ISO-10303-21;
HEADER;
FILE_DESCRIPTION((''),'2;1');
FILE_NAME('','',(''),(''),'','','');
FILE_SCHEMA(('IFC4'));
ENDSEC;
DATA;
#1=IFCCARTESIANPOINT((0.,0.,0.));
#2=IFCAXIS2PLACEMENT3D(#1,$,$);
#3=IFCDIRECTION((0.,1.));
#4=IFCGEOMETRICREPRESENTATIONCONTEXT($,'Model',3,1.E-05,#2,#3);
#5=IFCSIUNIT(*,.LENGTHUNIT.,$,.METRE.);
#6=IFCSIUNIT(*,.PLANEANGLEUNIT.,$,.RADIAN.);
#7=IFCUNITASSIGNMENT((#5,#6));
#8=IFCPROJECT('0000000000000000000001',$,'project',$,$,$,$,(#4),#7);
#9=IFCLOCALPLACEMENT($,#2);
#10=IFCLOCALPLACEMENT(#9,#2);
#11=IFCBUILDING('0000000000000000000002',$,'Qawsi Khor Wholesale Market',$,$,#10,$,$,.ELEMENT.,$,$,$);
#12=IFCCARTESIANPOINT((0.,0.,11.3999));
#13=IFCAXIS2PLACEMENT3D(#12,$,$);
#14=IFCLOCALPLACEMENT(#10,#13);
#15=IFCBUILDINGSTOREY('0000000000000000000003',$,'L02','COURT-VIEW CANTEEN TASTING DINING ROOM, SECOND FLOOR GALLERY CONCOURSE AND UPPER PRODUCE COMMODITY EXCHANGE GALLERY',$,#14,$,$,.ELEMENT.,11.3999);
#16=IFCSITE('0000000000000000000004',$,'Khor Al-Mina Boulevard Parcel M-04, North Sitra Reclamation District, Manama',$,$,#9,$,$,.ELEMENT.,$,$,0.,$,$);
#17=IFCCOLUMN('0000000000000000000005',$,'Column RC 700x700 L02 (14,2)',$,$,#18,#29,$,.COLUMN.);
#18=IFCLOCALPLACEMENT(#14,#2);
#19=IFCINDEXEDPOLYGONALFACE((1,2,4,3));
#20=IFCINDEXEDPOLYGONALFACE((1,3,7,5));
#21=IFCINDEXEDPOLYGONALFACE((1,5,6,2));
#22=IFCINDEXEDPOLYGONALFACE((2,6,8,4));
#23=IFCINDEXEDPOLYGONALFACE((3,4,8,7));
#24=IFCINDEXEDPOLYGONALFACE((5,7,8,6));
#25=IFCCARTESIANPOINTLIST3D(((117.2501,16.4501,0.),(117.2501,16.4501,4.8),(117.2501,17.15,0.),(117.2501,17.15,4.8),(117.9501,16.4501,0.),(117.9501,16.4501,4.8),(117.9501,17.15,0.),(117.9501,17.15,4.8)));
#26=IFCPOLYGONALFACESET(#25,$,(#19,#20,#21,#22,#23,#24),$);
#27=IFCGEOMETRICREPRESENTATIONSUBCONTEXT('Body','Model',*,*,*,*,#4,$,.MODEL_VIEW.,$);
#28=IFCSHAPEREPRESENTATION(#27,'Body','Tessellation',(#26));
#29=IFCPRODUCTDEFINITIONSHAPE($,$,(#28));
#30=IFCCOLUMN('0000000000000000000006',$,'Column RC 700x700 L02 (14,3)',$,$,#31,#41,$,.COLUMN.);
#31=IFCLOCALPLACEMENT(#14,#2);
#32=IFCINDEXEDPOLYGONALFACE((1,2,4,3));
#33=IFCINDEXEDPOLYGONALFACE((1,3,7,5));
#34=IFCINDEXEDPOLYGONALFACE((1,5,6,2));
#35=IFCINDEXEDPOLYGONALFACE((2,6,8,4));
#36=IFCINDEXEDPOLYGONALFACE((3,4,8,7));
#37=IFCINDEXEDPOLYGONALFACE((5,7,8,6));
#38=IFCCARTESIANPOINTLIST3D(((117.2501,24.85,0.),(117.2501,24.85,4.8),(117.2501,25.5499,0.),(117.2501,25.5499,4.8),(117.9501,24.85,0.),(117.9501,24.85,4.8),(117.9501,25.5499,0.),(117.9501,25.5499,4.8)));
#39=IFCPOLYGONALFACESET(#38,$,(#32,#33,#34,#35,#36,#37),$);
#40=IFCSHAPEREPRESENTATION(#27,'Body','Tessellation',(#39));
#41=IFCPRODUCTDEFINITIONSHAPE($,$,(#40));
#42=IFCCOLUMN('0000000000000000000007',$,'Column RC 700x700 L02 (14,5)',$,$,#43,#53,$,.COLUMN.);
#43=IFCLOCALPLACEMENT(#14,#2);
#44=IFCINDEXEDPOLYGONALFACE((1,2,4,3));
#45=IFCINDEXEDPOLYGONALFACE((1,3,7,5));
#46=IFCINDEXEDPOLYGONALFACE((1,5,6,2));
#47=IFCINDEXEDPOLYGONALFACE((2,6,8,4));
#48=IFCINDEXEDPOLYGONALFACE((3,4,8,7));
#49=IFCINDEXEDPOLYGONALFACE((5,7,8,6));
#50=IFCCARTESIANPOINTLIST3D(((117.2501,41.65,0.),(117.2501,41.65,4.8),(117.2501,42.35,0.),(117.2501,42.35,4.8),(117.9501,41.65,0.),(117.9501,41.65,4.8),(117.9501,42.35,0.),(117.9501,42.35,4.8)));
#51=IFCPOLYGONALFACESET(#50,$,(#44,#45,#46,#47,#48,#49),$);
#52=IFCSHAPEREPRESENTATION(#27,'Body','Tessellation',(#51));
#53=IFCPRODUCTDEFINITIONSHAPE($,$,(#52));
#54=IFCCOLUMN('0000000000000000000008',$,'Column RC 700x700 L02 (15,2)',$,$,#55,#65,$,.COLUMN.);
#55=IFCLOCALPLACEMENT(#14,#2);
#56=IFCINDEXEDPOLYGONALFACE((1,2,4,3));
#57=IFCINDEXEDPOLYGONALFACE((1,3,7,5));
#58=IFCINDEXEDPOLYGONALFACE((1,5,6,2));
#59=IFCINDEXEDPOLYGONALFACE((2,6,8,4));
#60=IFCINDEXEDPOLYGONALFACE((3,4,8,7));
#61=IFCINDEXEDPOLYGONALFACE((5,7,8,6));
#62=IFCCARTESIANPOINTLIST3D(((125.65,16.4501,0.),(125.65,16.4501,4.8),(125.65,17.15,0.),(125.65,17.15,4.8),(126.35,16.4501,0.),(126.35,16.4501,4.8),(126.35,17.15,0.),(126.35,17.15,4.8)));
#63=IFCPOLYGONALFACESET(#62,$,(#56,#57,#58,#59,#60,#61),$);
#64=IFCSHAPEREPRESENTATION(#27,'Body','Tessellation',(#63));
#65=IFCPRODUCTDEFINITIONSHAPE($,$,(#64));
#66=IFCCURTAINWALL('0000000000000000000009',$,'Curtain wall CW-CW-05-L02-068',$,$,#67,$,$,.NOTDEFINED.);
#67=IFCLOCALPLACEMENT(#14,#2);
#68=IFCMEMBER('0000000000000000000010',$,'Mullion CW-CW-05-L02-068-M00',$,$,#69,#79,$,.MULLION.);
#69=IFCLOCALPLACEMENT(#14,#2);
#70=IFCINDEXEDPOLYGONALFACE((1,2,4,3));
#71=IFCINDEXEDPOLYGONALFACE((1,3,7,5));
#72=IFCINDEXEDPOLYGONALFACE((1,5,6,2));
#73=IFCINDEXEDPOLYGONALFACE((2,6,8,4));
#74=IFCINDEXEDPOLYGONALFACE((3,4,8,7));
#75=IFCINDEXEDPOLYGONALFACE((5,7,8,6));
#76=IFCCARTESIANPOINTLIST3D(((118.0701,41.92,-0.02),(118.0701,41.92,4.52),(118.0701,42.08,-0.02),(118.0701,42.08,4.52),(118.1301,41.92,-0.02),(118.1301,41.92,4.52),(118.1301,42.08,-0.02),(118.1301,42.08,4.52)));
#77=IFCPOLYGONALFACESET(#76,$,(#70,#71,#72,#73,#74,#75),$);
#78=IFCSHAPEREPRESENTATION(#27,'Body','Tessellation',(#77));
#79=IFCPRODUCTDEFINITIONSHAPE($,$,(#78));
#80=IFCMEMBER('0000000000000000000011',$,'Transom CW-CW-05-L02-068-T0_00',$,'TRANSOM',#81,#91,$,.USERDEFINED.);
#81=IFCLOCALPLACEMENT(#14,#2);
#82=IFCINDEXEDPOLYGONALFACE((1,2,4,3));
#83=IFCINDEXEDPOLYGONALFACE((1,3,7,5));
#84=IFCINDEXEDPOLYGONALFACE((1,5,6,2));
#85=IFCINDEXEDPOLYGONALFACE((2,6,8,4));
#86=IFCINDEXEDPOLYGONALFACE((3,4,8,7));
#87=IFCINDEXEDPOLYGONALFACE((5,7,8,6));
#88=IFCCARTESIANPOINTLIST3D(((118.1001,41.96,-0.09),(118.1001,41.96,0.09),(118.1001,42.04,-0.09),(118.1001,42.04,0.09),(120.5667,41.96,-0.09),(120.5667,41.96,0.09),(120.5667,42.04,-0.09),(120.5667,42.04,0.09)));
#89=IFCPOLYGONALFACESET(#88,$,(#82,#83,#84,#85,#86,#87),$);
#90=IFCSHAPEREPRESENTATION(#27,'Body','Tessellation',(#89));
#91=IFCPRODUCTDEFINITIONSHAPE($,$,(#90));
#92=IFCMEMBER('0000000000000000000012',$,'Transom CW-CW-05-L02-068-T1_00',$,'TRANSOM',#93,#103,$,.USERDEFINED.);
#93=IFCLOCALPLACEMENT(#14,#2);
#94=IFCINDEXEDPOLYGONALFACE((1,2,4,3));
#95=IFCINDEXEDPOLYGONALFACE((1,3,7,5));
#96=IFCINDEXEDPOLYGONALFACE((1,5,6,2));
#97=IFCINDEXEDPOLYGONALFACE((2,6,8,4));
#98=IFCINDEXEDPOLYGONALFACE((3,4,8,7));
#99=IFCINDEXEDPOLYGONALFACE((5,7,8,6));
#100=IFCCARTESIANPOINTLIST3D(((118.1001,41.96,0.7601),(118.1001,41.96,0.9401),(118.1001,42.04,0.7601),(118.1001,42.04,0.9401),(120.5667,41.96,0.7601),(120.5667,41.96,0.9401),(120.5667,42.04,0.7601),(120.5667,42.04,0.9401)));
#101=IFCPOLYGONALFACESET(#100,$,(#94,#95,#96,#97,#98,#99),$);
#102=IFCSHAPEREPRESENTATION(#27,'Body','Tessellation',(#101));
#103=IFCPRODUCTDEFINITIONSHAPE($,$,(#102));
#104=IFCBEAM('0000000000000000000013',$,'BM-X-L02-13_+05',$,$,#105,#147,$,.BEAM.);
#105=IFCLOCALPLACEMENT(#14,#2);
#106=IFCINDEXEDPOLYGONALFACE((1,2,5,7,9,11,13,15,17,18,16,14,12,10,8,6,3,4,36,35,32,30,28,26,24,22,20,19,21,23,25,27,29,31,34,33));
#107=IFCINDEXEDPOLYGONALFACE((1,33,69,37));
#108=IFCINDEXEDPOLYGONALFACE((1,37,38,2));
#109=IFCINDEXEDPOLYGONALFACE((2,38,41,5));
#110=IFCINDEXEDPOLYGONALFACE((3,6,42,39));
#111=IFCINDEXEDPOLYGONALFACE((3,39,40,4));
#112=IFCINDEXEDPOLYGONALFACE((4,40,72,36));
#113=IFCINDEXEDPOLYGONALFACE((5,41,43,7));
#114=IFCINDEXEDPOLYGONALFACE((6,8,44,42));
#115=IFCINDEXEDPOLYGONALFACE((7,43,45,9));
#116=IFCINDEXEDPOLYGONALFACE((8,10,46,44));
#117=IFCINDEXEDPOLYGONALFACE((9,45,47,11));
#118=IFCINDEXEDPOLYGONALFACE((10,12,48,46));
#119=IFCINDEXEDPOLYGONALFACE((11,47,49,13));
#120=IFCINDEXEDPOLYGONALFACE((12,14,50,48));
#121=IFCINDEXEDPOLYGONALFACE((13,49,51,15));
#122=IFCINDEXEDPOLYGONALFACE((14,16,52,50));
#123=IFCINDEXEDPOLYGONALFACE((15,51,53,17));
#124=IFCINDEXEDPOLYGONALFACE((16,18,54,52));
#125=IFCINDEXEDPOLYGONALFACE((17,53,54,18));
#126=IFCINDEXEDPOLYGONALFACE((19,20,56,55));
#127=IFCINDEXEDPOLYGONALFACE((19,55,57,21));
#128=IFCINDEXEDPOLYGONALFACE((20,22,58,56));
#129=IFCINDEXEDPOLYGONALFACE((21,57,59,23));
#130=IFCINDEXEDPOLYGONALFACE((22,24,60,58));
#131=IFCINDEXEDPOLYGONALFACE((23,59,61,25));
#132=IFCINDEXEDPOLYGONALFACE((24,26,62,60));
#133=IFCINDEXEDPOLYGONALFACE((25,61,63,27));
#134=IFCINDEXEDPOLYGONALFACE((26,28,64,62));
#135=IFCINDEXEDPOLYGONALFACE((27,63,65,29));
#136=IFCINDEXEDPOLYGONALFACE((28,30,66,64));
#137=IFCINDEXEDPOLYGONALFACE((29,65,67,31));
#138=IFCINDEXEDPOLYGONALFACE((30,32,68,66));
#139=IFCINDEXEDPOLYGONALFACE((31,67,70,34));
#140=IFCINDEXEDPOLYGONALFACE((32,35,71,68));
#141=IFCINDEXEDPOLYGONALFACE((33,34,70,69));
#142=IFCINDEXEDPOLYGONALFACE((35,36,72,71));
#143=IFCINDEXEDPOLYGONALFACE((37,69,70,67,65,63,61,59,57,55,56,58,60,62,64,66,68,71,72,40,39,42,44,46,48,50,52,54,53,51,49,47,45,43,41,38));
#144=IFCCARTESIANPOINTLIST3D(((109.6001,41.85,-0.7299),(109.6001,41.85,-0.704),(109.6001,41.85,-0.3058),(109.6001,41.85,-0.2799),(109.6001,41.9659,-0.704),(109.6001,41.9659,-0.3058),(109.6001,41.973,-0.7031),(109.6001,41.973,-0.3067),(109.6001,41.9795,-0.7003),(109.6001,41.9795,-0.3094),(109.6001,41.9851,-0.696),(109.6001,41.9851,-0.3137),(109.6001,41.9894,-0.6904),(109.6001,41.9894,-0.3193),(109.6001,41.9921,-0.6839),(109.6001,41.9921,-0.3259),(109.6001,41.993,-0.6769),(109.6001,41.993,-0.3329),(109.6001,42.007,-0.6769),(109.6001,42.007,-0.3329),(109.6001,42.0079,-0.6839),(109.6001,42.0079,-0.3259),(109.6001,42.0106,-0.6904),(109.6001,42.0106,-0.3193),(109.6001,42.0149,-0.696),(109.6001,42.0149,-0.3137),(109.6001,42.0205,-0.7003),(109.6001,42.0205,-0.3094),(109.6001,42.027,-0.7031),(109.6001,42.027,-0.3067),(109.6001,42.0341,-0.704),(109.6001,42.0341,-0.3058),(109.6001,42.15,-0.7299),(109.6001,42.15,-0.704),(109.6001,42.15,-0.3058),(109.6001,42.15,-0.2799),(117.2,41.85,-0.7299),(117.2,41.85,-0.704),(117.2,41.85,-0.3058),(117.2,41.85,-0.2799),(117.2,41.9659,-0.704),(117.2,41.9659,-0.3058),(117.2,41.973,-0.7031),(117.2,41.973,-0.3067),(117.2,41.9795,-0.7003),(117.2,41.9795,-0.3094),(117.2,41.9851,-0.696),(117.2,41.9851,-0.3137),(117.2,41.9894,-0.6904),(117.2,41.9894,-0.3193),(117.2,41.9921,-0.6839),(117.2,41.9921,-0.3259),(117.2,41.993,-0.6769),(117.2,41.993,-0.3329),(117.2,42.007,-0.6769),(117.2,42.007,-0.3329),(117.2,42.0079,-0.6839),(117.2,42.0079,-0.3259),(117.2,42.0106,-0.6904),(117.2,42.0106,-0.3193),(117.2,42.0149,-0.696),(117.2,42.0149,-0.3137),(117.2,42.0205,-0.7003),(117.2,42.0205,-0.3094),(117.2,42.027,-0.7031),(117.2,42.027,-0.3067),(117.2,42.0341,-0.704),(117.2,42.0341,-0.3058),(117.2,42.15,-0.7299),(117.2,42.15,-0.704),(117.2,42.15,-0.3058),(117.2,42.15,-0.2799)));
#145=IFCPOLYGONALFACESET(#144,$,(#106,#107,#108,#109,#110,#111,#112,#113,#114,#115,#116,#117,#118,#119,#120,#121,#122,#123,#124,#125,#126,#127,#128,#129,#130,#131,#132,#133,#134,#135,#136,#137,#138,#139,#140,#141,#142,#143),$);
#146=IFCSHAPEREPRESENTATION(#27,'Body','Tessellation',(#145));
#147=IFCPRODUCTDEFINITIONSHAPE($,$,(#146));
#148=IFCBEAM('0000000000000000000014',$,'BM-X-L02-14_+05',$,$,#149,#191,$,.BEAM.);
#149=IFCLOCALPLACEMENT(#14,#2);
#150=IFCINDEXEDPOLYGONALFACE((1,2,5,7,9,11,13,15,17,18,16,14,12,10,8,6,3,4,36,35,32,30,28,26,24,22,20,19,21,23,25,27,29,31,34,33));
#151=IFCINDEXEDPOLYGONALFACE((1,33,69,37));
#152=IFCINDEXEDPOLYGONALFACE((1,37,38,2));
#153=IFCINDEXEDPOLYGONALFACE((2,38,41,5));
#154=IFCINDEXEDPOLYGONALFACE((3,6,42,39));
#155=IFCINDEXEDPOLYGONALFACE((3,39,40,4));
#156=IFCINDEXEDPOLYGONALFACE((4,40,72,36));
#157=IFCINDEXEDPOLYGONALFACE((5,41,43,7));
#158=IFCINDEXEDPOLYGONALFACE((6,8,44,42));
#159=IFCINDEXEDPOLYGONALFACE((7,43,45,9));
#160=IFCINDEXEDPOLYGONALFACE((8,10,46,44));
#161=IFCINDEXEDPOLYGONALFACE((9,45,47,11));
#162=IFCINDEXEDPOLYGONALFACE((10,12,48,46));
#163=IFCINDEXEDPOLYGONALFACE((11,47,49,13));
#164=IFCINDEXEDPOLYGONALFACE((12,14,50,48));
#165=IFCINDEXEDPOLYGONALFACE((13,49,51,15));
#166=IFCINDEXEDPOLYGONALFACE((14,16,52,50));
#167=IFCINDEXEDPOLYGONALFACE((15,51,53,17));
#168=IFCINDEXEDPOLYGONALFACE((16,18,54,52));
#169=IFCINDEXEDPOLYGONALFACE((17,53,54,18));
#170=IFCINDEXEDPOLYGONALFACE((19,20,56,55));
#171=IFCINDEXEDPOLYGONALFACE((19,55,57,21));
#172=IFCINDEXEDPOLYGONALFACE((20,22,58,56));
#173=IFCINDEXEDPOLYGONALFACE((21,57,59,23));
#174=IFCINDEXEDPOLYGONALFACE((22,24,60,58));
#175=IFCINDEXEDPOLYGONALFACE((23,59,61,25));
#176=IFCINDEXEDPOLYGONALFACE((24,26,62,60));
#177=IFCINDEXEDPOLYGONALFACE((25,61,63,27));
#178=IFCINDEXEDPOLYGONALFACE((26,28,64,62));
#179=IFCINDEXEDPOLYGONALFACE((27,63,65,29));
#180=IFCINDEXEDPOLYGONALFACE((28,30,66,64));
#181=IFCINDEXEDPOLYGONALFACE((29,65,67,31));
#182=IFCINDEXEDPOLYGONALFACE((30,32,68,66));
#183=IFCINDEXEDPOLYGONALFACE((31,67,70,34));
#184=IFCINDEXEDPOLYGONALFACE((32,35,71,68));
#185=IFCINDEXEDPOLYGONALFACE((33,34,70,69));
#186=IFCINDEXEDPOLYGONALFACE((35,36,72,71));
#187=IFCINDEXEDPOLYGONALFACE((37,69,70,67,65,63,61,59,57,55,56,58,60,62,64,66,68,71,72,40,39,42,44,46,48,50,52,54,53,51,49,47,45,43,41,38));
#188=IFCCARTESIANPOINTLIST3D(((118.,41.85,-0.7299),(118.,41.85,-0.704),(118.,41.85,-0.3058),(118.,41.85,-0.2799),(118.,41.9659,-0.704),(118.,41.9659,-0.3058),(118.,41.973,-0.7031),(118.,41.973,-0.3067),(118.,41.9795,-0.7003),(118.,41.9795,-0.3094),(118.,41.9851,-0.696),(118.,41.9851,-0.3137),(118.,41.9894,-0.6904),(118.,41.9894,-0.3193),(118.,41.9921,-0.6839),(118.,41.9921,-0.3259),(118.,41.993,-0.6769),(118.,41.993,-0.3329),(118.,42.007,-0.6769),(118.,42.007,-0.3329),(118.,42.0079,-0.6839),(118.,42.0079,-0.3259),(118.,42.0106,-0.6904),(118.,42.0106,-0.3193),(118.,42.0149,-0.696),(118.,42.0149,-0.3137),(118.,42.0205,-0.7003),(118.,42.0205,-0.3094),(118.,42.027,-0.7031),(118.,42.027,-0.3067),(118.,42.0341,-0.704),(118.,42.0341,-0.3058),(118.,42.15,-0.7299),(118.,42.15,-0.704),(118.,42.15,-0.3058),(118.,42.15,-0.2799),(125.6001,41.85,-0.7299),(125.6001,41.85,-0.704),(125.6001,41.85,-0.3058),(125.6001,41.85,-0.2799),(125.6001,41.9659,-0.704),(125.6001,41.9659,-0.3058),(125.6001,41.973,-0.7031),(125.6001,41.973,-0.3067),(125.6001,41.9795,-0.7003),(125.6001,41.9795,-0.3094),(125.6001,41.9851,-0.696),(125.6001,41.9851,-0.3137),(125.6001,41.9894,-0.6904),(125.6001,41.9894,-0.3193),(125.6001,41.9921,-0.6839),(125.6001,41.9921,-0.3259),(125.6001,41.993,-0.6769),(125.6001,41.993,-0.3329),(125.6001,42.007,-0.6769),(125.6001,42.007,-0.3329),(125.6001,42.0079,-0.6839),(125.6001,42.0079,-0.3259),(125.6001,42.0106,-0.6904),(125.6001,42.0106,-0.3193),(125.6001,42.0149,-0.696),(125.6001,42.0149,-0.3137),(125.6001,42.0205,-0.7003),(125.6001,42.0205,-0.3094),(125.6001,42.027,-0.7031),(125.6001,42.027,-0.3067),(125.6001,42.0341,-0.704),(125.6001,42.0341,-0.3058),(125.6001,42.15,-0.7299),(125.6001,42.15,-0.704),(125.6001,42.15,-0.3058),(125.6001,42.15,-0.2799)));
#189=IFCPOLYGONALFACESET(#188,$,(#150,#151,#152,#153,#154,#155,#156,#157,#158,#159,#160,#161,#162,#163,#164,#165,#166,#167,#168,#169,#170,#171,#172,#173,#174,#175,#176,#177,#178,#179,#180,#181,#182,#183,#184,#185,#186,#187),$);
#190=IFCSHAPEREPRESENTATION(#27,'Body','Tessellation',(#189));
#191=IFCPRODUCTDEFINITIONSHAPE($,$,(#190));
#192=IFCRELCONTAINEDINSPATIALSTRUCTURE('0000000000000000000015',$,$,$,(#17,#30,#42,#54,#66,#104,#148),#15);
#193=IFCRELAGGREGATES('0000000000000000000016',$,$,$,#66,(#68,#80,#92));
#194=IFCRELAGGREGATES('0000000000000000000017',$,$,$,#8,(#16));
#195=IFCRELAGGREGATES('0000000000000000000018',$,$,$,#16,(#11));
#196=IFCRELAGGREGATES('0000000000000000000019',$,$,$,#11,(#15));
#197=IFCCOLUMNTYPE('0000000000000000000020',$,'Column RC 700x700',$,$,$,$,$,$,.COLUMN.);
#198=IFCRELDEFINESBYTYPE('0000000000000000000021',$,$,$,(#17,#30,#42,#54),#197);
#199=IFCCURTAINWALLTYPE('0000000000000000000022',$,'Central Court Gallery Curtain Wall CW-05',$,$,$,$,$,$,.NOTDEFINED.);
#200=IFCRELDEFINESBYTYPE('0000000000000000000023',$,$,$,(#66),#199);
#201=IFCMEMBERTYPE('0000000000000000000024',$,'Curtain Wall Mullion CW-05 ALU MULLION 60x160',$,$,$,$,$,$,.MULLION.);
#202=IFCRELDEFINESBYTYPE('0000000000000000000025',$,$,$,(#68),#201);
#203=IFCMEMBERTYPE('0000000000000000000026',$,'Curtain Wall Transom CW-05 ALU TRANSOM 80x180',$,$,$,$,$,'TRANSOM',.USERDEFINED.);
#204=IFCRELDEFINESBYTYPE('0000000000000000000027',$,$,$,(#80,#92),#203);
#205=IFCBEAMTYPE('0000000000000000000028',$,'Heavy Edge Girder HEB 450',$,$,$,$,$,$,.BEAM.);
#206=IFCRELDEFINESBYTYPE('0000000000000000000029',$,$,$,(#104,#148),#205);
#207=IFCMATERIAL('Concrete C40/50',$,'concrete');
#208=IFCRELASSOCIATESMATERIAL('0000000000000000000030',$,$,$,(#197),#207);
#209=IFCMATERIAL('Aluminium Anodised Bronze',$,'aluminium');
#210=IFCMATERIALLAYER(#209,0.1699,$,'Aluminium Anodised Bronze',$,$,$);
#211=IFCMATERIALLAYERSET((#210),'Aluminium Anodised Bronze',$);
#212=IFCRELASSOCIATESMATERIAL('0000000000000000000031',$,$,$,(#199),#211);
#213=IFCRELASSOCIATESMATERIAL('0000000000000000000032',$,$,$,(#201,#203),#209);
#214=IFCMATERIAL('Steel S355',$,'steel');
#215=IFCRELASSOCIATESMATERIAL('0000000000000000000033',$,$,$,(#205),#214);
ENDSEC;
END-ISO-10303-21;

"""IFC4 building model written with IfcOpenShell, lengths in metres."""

from ifc_helpers import new_model, si_unit, direction, frame, origin, origin_2d, place, context, subcontext, project, spatial, rectangle, i_section, extrude, material, layer, layer_set, material_profile, profile_set, type_object, element, aggregate, save


model = new_model("IFC4")

# Units and contexts
model_context = context("Model", 3, precision=1e-05, world=origin(), true_north=direction((0.0, 1.0)))
body_context = subcontext(model_context, "Body", "Model", "MODEL_VIEW")
ifc_project = project(units=[si_unit("LENGTHUNIT", "METRE"), si_unit("PLANEANGLEUNIT", "RADIAN")], contexts=[model_context])

# Site, building, storey
site_placement = place(None, origin())
site = spatial("IfcSite", under=ifc_project, at=site_placement, Name="Khor Al-Mina Boulevard Parcel M-04, North Sitra Reclamation District, Manama", CompositionType="ELEMENT", RefElevation=0.0)
building_placement = place(site_placement, origin())
building = spatial("IfcBuilding", under=site, at=building_placement, Name="Qawsi Khor Wholesale Market", CompositionType="ELEMENT")
storey_placement = place(building_placement, frame((0.0, 0.0, 11.3999)))
storey = spatial("IfcBuildingStorey", under=building, at=storey_placement, Name="L02", Description="COURT-VIEW CANTEEN TASTING DINING ROOM, SECOND FLOOR GALLERY CONCOURSE AND UPPER PRODUCE COMMODITY EXCHANGE GALLERY", CompositionType="ELEMENT", Elevation=11.3999)

# Columns
ifc_material_1 = material(Name="Concrete C40/50", Category="concrete")
ifc_material_profile_1 = material_profile(ifc_material_1, rectangle(XDim=0.7, YDim=0.7, at=origin_2d()), Name="RC 700x700")
ifc_profile_set_1 = profile_set([ifc_material_profile_1], Name="Concrete C40/50")
column_type = type_object("IfcColumnType", Name="Column RC 700x700", PredefinedType="COLUMN", material=ifc_profile_set_1)
for number, where, z_axis, x_axis, name in (
    (1, (117.6001, 16.8, 0.0), (0.0, 0.0, 1.0), (1.0, 0.0, 0.0), "Column RC 700x700 L02 (14,2)"),
    (2, (117.6001, 25.2, 0.0), (0.0, 0.0, 1.0), (1.0, 0.0, 0.0), "Column RC 700x700 L02 (14,3)"),
    (3, (117.6001, 42.0, 0.0), (0.0, 0.0, 1.0), (1.0, 0.0, 0.0), "Column RC 700x700 L02 (14,5)"),
    (4, (126.0, 16.8, 0.0), (0.0, 0.0, 1.0), (1.0, 0.0, 0.0), "Column RC 700x700 L02 (15,2)"),
):
    element("IfcColumn", number, at=place(storey_placement, frame(where, z_axis=z_axis, x_axis=x_axis)), inside=storey, type_object=column_type, Name=name, PredefinedType="COLUMN", context=body_context, shape_type="SweptSolid", body=[
        extrude(rectangle(XDim=0.7, YDim=0.7, at=origin_2d()), origin(), (0.0, 0.0, 1.0), 4.8),
    ])

# Curtain wall, members
ifc_material_2 = material(Name="Aluminium Anodised Bronze", Category="aluminium")
ifc_layer_1 = layer(ifc_material_2, 0.1699, Name="Aluminium Anodised Bronze")
ifc_layer_set_1 = layer_set([ifc_layer_1], Name="Aluminium Anodised Bronze")
curtain_wall_type = type_object("IfcCurtainWallType", Name="Central Court Gallery Curtain Wall CW-05", PredefinedType="NOTDEFINED", material=ifc_layer_set_1)
curtain_wall_placement = place(storey_placement, origin())
curtain_wall = element("IfcCurtainWall", 5, at=curtain_wall_placement, inside=storey, type_object=curtain_wall_type, Name="Curtain wall CW-CW-05-L02-068", PredefinedType="NOTDEFINED")
ifc_material_profile_2 = material_profile(ifc_material_2, rectangle(XDim=0.0601, YDim=0.1599, at=origin_2d()), Name="ALU MULLION 60x160")
ifc_profile_set_2 = profile_set([ifc_material_profile_2], Name="Aluminium Anodised Bronze")
member_type_1 = type_object("IfcMemberType", Name="Curtain Wall Mullion CW-05 ALU MULLION 60x160", PredefinedType="MULLION", material=ifc_profile_set_2)
member_1_placement = place(storey_placement, frame((118.1001, 42.0, -0.02), z_axis=(0.0, 0.0, 1.0), x_axis=(1.0, 0.0, 0.0)))
member_1 = element("IfcMember", 6, at=member_1_placement, type_object=member_type_1, Name="Mullion CW-CW-05-L02-068-M00", PredefinedType="MULLION", context=body_context, shape_type="SweptSolid", body=[
    extrude(rectangle(XDim=0.0601, YDim=0.1599, at=origin_2d()), origin(), (0.0, 0.0, 1.0), 4.54),
])
ifc_material_profile_3 = material_profile(ifc_material_2, rectangle(XDim=0.0801, YDim=0.1799, at=origin_2d()), Name="ALU TRANSOM 80x180")
ifc_profile_set_3 = profile_set([ifc_material_profile_3], Name="Aluminium Anodised Bronze")
member_type_2 = type_object("IfcMemberType", Name="Curtain Wall Transom CW-05 ALU TRANSOM 80x180", ElementType="TRANSOM", PredefinedType="USERDEFINED", material=ifc_profile_set_3)
member_2_placement = place(storey_placement, frame((118.1001, 42.0, 0.0), z_axis=(1.0, 0.0, 0.0), x_axis=(0.0, 1.0, 0.0)))
member_2 = element("IfcMember", 7, at=member_2_placement, type_object=member_type_2, Name="Transom CW-CW-05-L02-068-T0_00", ObjectType="TRANSOM", PredefinedType="USERDEFINED", context=body_context, shape_type="SweptSolid", body=[
    extrude(rectangle(XDim=0.0801, YDim=0.1799, at=origin_2d()), origin(), (0.0, 0.0, 1.0), 2.4666),
])
member_3_placement = place(storey_placement, frame((118.1001, 42.0, 0.8501), z_axis=(1.0, 0.0, 0.0), x_axis=(0.0, 1.0, 0.0)))
member_3 = element("IfcMember", 8, at=member_3_placement, type_object=member_type_2, Name="Transom CW-CW-05-L02-068-T1_00", ObjectType="TRANSOM", PredefinedType="USERDEFINED", context=body_context, shape_type="SweptSolid", body=[
    extrude(rectangle(XDim=0.0801, YDim=0.1799, at=origin_2d()), origin(), (0.0, 0.0, 1.0), 2.4666),
])
aggregate(curtain_wall, [member_1, member_2, member_3])

# Beams
ifc_material_3 = material(Name="Steel S355", Category="steel")
ifc_material_profile_4 = material_profile(ifc_material_3, i_section(OverallWidth=0.3, OverallDepth=0.45, WebThickness=0.0139, FlangeThickness=0.0259, FilletRadius=0.0271, at=origin_2d()), Name="HEB 450")
ifc_profile_set_4 = profile_set([ifc_material_profile_4], Name="Steel S355")
beam_type_1 = type_object("IfcBeamType", Name="Heavy Edge Girder HEB 450", PredefinedType="BEAM", material=ifc_profile_set_4)
beam_1_placement = place(storey_placement, frame((109.6001, 42.0, -0.5049), z_axis=(1.0, 0.0, 0.0), x_axis=(0.0, 1.0, 0.0)))
element("IfcBeam", 9, at=beam_1_placement, inside=storey, type_object=beam_type_1, Name="BM-X-L02-13_+05", PredefinedType="BEAM", context=body_context, shape_type="SweptSolid", body=[
    extrude(i_section(OverallWidth=0.3, OverallDepth=0.45, WebThickness=0.0139, FlangeThickness=0.0259, FilletRadius=0.0271, at=origin_2d()), origin(), (0.0, 0.0, 1.0), 7.5999),
])
beam_2_placement = place(storey_placement, frame((118.0, 42.0, -0.5049), z_axis=(1.0, 0.0, 0.0), x_axis=(0.0, 1.0, 0.0)))
element("IfcBeam", 10, at=beam_2_placement, inside=storey, type_object=beam_type_1, Name="BM-X-L02-14_+05", PredefinedType="BEAM", context=body_context, shape_type="SweptSolid", body=[
    extrude(i_section(OverallWidth=0.3, OverallDepth=0.45, WebThickness=0.0139, FlangeThickness=0.0259, FilletRadius=0.0271, at=origin_2d()), origin(), (0.0, 0.0, 1.0), 7.6001),
])

save(model, "model.ifc")
